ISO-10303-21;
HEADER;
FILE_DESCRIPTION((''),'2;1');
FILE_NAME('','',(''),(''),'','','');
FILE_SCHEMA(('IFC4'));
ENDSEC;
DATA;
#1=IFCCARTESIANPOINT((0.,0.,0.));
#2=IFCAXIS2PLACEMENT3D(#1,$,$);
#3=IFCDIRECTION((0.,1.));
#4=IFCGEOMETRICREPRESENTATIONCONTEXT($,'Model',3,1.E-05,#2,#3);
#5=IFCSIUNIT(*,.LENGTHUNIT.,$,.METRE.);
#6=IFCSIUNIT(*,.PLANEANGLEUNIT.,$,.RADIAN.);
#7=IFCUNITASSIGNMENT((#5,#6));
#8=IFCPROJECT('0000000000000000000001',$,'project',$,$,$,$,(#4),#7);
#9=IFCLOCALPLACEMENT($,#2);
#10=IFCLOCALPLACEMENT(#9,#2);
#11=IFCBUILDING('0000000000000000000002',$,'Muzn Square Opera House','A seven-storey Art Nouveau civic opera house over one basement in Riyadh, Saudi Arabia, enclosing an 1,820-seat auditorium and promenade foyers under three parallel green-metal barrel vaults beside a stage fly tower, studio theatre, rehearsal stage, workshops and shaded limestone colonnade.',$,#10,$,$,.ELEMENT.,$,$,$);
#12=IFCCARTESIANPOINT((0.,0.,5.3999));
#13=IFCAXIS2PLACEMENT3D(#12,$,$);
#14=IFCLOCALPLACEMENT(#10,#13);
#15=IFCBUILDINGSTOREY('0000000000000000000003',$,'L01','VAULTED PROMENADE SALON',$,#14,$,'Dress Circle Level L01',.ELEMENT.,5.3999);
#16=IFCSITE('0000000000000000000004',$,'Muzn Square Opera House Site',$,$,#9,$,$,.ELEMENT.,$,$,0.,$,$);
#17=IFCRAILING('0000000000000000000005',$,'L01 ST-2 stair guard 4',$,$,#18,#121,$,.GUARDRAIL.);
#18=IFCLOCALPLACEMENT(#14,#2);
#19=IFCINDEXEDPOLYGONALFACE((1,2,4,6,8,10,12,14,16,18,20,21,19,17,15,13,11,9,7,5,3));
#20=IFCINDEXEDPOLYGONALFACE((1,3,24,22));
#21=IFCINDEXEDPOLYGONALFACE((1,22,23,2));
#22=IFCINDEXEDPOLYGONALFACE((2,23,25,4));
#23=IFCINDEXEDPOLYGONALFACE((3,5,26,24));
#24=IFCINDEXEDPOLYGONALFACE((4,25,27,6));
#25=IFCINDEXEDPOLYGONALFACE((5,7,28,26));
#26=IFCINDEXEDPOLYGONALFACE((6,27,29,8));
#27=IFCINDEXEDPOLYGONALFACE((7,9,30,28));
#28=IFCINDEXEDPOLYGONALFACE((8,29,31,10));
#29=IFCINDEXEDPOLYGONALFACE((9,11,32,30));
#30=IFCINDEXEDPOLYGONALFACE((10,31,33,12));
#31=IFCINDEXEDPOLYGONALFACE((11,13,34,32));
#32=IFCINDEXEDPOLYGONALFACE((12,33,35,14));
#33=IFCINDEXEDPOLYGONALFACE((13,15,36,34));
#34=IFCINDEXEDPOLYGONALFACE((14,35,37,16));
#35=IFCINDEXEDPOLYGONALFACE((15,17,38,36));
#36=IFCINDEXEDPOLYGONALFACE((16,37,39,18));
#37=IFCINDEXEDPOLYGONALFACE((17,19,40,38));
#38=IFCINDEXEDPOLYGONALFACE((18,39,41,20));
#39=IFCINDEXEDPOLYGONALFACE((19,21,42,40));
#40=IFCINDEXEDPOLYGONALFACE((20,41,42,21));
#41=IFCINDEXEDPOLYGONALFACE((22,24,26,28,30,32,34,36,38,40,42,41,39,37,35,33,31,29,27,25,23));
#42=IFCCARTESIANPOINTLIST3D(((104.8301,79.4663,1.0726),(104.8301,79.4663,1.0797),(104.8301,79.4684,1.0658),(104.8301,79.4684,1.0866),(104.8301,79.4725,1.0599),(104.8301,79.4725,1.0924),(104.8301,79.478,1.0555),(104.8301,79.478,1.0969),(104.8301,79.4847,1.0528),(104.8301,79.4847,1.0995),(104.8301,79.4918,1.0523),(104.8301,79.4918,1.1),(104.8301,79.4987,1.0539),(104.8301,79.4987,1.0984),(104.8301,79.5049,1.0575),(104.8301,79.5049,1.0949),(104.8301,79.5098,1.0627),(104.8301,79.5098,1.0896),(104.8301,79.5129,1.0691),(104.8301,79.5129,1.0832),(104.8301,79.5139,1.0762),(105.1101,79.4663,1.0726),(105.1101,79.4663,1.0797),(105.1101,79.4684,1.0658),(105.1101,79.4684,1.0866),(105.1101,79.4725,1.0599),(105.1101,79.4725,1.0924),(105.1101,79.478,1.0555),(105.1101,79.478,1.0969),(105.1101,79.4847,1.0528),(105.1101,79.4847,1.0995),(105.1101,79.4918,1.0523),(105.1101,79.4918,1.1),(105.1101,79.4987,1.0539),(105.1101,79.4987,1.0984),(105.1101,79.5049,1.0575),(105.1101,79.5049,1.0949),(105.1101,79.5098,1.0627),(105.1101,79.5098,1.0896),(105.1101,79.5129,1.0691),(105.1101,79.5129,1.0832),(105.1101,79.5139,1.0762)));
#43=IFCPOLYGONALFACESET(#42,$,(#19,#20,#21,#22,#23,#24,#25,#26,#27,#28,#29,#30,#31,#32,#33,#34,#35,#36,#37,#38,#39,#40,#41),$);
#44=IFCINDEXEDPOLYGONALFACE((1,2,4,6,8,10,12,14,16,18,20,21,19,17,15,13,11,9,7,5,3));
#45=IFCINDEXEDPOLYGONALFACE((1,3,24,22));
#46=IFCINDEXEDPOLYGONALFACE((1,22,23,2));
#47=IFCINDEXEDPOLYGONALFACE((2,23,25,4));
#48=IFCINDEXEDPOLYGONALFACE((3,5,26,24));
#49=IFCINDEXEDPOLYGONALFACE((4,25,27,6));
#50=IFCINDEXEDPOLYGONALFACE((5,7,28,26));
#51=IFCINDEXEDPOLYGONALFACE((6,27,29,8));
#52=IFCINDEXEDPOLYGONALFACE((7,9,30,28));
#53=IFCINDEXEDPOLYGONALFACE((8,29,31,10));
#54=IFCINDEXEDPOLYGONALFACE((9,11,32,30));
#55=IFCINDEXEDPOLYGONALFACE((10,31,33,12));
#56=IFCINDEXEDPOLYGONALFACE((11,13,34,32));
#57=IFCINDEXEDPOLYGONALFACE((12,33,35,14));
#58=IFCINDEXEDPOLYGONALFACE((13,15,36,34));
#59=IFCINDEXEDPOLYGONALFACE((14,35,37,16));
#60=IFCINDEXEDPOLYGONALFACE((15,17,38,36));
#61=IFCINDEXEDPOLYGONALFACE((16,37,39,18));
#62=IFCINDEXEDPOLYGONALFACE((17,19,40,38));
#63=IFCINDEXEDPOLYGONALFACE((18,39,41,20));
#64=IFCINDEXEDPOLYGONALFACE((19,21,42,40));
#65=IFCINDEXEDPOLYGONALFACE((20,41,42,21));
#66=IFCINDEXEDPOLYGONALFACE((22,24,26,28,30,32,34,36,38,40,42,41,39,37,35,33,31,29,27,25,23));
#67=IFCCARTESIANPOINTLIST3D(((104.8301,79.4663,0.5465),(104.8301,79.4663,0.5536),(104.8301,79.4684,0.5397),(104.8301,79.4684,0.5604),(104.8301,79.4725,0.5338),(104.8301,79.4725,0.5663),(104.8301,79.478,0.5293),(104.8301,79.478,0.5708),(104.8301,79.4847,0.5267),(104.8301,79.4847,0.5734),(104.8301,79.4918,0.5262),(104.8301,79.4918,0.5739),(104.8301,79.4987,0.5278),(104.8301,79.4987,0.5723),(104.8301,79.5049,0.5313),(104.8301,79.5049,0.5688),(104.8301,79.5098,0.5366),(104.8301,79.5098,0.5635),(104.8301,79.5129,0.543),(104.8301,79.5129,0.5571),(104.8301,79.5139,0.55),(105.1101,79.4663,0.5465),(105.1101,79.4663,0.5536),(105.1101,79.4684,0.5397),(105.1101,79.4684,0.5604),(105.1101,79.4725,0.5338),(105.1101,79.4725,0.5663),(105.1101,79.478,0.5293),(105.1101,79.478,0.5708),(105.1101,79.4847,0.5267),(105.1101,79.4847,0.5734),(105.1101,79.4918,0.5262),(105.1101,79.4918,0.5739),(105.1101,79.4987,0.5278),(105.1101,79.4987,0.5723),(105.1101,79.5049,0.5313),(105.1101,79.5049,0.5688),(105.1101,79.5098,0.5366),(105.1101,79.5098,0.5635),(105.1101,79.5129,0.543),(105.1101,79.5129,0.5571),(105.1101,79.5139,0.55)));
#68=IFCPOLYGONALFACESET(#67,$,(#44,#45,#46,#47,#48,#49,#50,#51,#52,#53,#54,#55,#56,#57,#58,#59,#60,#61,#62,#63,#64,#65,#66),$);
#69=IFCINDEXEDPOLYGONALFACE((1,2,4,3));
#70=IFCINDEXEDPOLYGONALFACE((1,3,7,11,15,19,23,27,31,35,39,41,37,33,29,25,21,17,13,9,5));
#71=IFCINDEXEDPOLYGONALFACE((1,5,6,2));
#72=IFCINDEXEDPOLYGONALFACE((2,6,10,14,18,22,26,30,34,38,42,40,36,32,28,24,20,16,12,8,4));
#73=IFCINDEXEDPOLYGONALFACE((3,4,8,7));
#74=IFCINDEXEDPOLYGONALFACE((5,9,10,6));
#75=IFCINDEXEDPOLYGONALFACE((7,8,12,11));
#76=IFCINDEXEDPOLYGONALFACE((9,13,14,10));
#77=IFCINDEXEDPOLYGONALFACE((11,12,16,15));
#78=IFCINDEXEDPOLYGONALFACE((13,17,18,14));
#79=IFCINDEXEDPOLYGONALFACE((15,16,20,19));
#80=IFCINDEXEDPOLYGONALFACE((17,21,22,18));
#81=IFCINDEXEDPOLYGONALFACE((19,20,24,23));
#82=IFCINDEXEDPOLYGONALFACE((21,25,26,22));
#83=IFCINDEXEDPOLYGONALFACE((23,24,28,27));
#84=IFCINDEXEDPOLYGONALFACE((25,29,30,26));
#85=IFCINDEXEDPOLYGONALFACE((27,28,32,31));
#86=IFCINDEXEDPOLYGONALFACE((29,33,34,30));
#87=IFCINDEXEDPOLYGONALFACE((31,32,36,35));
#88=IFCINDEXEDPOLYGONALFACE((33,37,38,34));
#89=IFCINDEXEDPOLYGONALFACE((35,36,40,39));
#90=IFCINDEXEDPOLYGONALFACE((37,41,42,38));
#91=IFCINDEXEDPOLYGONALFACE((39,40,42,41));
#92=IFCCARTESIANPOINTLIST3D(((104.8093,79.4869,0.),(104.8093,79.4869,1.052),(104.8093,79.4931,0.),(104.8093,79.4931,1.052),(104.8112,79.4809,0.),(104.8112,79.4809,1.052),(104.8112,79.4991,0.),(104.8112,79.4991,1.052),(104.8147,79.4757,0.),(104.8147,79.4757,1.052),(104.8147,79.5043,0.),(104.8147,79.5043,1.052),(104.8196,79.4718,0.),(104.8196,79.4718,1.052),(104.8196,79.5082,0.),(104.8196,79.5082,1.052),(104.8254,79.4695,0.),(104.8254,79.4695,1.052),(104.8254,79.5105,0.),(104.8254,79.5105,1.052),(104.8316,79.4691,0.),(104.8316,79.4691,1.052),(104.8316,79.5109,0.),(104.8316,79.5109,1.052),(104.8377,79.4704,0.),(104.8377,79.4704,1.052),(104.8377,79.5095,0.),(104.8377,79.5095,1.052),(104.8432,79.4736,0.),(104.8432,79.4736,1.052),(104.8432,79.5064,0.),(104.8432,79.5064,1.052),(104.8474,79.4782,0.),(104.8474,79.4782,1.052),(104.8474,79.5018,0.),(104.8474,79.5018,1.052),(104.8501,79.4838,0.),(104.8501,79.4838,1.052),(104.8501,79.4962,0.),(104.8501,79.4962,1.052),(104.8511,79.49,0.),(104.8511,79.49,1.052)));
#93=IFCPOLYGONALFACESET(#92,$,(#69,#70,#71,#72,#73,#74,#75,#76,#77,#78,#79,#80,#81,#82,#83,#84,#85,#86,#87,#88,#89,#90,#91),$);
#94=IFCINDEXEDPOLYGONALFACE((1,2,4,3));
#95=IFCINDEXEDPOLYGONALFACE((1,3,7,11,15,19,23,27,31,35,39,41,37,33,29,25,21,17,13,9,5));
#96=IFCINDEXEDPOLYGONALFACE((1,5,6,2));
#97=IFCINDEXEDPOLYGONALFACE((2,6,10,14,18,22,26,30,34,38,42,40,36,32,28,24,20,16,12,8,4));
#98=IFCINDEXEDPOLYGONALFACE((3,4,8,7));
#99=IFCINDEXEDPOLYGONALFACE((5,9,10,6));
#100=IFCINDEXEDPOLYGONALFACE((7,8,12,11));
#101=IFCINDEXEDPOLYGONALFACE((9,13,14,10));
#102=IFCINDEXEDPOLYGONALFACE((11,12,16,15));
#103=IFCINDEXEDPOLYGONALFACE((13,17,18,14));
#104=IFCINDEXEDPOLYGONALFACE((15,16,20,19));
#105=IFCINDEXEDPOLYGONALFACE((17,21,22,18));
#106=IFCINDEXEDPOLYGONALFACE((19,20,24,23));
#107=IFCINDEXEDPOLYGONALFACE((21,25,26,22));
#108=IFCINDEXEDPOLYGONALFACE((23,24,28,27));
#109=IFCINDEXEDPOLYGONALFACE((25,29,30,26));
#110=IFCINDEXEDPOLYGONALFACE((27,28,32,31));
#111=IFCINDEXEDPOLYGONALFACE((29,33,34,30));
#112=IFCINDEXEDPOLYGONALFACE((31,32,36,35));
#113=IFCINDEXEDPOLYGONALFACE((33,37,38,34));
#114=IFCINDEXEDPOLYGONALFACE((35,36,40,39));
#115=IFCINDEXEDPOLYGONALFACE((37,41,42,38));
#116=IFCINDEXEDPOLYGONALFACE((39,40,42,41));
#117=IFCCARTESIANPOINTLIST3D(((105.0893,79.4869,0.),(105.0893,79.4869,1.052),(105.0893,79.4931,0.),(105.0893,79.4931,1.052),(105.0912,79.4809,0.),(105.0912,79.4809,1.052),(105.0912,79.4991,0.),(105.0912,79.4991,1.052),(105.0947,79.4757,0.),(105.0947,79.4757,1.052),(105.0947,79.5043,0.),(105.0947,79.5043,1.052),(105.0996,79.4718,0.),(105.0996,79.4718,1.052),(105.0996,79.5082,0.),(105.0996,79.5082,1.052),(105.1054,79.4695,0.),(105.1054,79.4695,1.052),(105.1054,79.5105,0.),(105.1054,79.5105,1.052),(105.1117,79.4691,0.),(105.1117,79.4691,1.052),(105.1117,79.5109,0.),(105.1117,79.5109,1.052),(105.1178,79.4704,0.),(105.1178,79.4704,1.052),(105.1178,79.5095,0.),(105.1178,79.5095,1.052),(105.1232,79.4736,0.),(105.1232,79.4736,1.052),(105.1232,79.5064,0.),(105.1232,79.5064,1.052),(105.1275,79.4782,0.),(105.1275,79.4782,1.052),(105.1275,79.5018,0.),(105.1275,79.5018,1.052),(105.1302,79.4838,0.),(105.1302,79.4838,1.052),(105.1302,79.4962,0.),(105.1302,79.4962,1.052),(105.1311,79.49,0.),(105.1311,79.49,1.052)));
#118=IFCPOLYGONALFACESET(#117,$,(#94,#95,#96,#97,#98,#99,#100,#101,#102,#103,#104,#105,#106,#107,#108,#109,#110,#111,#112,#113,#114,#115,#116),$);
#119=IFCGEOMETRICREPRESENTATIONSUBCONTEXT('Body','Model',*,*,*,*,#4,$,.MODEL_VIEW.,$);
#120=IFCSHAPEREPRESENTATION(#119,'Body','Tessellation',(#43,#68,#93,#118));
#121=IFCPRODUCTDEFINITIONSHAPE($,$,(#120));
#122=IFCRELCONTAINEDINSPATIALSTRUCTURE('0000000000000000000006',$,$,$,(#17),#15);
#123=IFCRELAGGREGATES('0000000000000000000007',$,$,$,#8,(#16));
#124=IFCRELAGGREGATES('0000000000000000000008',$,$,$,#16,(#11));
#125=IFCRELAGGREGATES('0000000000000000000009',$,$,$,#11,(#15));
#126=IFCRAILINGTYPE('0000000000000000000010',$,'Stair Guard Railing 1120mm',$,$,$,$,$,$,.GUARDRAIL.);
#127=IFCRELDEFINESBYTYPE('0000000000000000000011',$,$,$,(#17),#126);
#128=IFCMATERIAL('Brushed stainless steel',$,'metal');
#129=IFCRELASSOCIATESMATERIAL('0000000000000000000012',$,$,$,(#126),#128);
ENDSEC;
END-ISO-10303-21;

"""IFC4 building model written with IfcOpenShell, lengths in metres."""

from ifc_helpers import new_model, si_unit, direction, frame, origin, origin_2d, place, context, subcontext, project, spatial, circle, extrude, material, type_object, element, save


model = new_model("IFC4")

# Units and contexts
model_context = context("Model", 3, precision=1e-05, world=origin(), true_north=direction((0.0, 1.0)))
body_context = subcontext(model_context, "Body", "Model", "MODEL_VIEW")
ifc_project = project(units=[si_unit("LENGTHUNIT", "METRE"), si_unit("PLANEANGLEUNIT", "RADIAN")], contexts=[model_context])

# Site, building, storey
site_placement = place(None, origin())
site = spatial("IfcSite", under=ifc_project, at=site_placement, Name="Muzn Square Opera House Site", CompositionType="ELEMENT", RefElevation=0.0)
building_placement = place(site_placement, origin())
building = spatial("IfcBuilding", under=site, at=building_placement, Name="Muzn Square Opera House", Description="A seven-storey Art Nouveau civic opera house over one basement in Riyadh, Saudi Arabia, enclosing an 1,820-seat auditorium and promenade foyers under three parallel green-metal barrel vaults beside a stage fly tower, studio theatre, rehearsal stage, workshops and shaded limestone colonnade.", CompositionType="ELEMENT")
storey_placement = place(building_placement, frame((0.0, 0.0, 5.3999)))
storey = spatial("IfcBuildingStorey", under=building, at=storey_placement, Name="L01", Description="VAULTED PROMENADE SALON", LongName="Dress Circle Level L01", CompositionType="ELEMENT", Elevation=5.3999)

# Shared definitions
ifc_material_1 = material(Name="Brushed stainless steel", Category="metal")

# Railing
railing_type_1 = type_object("IfcRailingType", Name="Stair Guard Railing 1120mm", PredefinedType="GUARDRAIL", material=ifc_material_1)
railing_1_placement = place(storey_placement, frame((104.8301, 79.49, 0.0)))
element("IfcRailing", 1, at=railing_1_placement, inside=storey, type_object=railing_type_1, Name="L01 ST-2 stair guard 4", PredefinedType="GUARDRAIL", context=body_context, shape_type="SweptSolid", body=[
    extrude(circle(Radius=0.0239, at=origin_2d()), frame((0.0, 0.0, 1.0762), z_axis=(1.0, 0.0, 0.0), x_axis=(0.0, 1.0, 0.0)), (0.0, 0.0, 1.0), 0.28),
    extrude(circle(Radius=0.0239, at=origin_2d()), frame((0.0, 0.0, 0.55), z_axis=(1.0, 0.0, 0.0), x_axis=(0.0, 1.0, 0.0)), (0.0, 0.0, 1.0), 0.28),
    extrude(circle(Radius=0.021, at=origin_2d()), origin(), (0.0, 0.0, 1.0), 1.052),
    extrude(circle(Radius=0.021, at=origin_2d()), frame((0.28, 0.0, 0.0)), (0.0, 0.0, 1.0), 1.052),
])

save(model, "model.ifc")
